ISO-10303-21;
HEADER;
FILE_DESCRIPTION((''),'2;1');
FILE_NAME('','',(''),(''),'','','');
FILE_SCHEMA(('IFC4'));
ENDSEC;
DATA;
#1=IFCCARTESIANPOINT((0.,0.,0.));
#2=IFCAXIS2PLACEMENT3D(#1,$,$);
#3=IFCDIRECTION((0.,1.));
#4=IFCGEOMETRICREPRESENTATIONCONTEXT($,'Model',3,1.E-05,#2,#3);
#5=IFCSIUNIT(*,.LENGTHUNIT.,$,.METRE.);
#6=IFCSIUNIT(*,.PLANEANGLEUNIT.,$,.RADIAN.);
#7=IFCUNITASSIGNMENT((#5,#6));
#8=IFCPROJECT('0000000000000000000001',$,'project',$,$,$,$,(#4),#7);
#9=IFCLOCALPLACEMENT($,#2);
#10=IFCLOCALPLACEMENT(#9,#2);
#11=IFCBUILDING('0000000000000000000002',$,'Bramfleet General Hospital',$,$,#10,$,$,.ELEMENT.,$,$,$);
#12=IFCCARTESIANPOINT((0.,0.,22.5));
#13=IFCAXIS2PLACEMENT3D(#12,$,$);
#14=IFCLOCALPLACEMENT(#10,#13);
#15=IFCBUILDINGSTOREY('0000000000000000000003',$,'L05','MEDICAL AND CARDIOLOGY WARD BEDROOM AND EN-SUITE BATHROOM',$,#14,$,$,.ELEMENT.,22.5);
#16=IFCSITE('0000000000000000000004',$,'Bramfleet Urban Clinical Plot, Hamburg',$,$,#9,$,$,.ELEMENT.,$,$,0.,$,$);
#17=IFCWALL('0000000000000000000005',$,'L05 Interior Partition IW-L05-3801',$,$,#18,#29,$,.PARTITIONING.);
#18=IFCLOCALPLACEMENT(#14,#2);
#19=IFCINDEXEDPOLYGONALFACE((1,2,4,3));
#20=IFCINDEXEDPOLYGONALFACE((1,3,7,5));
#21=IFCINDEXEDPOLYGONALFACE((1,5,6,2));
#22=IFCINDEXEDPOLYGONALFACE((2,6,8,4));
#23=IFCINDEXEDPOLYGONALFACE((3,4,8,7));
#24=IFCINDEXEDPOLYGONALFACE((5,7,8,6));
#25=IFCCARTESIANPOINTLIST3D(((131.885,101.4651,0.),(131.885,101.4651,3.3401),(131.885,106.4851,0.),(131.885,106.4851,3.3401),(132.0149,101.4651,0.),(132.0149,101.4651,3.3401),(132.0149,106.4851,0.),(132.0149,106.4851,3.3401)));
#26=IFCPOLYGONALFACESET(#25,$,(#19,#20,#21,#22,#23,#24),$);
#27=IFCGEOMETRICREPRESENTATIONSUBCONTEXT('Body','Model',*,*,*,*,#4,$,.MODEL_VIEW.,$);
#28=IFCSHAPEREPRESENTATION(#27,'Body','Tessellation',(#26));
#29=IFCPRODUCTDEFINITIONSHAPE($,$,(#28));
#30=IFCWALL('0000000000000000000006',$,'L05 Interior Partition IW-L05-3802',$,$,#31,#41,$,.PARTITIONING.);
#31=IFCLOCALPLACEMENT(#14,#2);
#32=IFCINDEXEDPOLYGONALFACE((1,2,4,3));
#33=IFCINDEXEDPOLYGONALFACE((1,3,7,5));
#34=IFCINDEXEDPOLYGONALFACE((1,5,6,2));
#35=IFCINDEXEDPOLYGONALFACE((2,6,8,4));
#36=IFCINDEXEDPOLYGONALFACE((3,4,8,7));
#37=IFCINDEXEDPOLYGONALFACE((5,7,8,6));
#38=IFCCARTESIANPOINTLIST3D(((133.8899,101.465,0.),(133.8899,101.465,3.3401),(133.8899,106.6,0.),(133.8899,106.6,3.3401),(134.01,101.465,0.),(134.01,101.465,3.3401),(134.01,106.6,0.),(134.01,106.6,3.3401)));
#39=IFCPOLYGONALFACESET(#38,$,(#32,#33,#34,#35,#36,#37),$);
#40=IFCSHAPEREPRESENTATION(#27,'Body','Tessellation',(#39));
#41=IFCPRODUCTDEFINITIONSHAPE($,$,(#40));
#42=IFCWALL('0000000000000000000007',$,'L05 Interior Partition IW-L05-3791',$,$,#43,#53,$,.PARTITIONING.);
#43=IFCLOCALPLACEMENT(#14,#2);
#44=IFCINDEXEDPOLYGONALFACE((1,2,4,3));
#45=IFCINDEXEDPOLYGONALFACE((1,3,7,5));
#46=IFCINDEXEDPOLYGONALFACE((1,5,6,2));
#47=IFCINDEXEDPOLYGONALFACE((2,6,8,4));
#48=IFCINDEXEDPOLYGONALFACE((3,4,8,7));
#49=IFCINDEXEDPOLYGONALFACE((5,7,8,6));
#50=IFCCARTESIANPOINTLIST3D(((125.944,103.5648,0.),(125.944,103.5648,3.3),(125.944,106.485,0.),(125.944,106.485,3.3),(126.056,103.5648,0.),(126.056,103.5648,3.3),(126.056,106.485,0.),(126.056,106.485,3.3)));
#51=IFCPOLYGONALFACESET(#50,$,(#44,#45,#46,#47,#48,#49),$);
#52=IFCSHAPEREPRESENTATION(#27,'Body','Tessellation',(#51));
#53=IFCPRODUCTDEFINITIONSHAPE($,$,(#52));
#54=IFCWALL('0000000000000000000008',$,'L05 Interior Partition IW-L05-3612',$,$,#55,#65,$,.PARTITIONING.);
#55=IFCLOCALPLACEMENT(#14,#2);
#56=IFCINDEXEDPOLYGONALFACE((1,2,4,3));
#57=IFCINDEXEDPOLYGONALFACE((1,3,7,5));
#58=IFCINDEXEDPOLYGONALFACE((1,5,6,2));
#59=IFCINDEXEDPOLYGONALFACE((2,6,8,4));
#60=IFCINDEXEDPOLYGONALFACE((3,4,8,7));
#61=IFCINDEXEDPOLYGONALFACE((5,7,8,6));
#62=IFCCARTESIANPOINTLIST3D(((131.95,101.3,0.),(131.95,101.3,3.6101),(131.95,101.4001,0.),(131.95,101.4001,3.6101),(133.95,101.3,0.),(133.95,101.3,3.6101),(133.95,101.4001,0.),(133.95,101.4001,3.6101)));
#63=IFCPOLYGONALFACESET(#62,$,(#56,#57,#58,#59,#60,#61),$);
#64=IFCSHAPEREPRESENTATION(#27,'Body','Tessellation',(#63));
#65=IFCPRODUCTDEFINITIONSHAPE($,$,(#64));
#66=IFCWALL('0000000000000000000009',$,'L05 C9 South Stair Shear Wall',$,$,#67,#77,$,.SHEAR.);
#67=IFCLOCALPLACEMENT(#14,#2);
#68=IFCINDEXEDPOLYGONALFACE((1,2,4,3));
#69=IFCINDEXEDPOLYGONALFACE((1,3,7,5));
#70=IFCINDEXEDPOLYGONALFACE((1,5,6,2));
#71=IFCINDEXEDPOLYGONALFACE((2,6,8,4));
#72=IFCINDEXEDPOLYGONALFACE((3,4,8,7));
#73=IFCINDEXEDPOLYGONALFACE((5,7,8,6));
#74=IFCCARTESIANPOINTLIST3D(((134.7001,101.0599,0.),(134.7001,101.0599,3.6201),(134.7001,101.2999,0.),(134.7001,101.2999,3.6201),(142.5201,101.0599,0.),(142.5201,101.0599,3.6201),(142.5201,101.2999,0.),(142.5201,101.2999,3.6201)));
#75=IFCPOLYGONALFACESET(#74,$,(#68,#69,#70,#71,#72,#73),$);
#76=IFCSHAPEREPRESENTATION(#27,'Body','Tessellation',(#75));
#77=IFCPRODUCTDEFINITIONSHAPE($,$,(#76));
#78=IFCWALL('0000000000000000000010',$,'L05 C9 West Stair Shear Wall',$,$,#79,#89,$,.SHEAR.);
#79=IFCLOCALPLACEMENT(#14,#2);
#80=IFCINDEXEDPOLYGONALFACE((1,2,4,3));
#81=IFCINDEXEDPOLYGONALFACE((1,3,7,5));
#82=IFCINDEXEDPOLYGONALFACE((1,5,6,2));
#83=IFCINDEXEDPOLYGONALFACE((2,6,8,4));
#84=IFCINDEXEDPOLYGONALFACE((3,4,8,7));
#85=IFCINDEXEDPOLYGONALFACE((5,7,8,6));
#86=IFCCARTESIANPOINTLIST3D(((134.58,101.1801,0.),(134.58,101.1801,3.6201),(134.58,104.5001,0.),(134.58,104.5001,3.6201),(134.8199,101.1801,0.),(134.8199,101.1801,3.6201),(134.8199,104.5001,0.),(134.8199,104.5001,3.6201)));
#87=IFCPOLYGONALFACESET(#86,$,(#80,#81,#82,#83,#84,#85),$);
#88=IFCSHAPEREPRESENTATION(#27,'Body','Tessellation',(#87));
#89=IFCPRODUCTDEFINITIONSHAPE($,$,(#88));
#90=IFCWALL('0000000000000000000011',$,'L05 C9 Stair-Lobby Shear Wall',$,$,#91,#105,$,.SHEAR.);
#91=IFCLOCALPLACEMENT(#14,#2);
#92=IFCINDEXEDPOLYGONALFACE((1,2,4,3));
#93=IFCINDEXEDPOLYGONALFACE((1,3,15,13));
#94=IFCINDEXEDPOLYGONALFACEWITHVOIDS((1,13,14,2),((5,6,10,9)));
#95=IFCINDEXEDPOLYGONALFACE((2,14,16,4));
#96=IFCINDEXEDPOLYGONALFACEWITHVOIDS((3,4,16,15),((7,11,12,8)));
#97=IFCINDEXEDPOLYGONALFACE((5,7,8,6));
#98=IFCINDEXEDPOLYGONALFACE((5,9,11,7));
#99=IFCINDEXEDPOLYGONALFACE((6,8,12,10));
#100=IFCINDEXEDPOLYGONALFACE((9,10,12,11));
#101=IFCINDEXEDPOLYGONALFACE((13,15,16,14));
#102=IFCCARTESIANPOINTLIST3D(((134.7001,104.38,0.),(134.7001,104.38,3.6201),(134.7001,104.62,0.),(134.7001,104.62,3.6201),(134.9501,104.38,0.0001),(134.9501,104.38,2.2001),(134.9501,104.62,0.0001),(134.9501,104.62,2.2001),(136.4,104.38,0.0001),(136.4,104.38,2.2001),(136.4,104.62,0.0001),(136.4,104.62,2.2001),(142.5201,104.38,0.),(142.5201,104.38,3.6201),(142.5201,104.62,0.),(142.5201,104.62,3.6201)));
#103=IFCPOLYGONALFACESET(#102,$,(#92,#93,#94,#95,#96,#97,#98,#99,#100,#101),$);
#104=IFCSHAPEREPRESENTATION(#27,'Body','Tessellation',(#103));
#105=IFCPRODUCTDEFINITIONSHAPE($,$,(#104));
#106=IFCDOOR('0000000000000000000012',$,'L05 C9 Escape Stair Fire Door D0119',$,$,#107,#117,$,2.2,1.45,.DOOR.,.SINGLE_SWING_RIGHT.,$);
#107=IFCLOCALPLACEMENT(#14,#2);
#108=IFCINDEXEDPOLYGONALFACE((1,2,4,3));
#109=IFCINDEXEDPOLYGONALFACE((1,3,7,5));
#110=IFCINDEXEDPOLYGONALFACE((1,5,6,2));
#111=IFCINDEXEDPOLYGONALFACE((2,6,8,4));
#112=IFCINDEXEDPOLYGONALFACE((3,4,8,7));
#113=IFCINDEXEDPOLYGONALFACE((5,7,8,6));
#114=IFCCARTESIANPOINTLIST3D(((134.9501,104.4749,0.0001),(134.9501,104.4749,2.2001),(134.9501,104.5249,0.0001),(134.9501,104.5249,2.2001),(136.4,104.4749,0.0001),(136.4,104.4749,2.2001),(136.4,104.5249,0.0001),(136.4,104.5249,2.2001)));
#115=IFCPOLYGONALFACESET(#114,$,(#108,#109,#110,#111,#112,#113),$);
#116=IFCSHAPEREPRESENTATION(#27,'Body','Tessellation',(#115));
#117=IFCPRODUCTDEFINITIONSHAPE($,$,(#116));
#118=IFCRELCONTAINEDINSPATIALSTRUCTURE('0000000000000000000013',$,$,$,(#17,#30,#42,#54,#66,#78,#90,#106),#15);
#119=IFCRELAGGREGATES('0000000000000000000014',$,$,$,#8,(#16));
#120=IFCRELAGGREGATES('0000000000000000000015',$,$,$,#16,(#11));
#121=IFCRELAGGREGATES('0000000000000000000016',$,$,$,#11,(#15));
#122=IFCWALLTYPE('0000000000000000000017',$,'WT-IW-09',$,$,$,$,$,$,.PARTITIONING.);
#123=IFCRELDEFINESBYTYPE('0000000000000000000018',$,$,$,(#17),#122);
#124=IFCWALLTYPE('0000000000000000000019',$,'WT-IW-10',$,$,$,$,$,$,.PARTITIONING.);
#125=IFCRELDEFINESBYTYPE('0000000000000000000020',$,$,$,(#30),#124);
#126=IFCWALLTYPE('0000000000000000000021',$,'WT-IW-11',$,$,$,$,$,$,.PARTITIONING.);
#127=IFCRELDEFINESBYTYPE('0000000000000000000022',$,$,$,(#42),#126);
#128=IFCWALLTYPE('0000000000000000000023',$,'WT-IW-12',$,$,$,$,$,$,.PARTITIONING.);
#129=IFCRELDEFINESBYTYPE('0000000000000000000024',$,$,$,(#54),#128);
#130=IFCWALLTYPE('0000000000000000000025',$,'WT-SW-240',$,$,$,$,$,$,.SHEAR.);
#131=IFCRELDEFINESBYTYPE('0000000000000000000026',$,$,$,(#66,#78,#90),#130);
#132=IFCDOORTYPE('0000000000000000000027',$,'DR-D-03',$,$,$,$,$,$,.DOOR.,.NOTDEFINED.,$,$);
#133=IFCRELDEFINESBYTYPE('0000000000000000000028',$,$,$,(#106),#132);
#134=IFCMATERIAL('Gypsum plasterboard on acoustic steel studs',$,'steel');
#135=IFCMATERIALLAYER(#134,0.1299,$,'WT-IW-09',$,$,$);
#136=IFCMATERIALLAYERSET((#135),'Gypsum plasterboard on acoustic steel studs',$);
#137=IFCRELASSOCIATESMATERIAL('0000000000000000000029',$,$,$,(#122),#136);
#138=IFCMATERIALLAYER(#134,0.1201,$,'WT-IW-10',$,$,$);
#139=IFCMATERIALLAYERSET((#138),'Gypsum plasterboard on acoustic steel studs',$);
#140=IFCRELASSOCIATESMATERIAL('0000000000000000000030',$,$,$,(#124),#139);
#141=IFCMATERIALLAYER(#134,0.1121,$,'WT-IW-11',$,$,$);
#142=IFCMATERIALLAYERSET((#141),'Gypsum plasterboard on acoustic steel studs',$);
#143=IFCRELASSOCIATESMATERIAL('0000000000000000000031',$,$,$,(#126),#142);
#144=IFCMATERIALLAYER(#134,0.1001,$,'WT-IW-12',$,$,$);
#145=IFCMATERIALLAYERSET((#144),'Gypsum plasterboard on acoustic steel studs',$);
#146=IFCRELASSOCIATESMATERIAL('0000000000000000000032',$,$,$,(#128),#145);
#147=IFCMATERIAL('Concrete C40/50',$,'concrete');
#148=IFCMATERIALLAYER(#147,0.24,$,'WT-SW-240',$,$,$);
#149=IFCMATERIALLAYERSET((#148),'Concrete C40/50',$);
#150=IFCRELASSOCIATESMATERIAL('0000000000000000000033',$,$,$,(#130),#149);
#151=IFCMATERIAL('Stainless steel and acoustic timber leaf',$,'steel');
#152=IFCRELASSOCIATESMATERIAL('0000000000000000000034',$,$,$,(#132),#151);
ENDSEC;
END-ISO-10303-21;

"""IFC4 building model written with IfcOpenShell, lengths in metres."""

from ifc_helpers import new_model, si_unit, direction, frame, frame_2d, origin, place, context, subcontext, project, spatial, rectangle, extrude, material, layer, layer_set, type_object, element, fill, save


model = new_model("IFC4")

# Units and contexts
model_context = context("Model", 3, precision=1e-05, world=origin(), true_north=direction((0.0, 1.0)))
body_context = subcontext(model_context, "Body", "Model", "MODEL_VIEW")
ifc_project = project(units=[si_unit("LENGTHUNIT", "METRE"), si_unit("PLANEANGLEUNIT", "RADIAN")], contexts=[model_context])

# Site, building, storey
site_placement = place(None, origin())
site = spatial("IfcSite", under=ifc_project, at=site_placement, Name="Bramfleet Urban Clinical Plot, Hamburg", CompositionType="ELEMENT", RefElevation=0.0)
building_placement = place(site_placement, origin())
building = spatial("IfcBuilding", under=site, at=building_placement, Name="Bramfleet General Hospital", CompositionType="ELEMENT")
storey_placement = place(building_placement, frame((0.0, 0.0, 22.5)))
storey = spatial("IfcBuildingStorey", under=building, at=storey_placement, Name="L05", Description="MEDICAL AND CARDIOLOGY WARD BEDROOM AND EN-SUITE BATHROOM", CompositionType="ELEMENT", Elevation=22.5)

# Shared definitions
ifc_material_1 = material(Name="Concrete C40/50", Category="concrete")

# Walls
ifc_material_2 = material(Name="Gypsum plasterboard on acoustic steel studs", Category="steel")
ifc_layer_1 = layer(ifc_material_2, 0.1299, Name="WT-IW-09")
ifc_layer_set_1 = layer_set([ifc_layer_1], Name="Gypsum plasterboard on acoustic steel studs")
wall_type_1 = type_object("IfcWallType", Name="WT-IW-09", PredefinedType="PARTITIONING", material=ifc_layer_set_1)
wall_1_placement = place(storey_placement, frame((131.95, 101.4651, 0.0), z_axis=(0.0, 0.0, 1.0), x_axis=(0.0, 1.0, 0.0)))
element("IfcWall", 1, at=wall_1_placement, inside=storey, type_object=wall_type_1, Name="L05 Interior Partition IW-L05-3801", PredefinedType="PARTITIONING", context=body_context, shape_type="SweptSolid", body=[
    extrude(rectangle(XDim=5.02, YDim=0.1299, at=frame_2d((2.51, 0.0))), origin(), (0.0, 0.0, 1.0), 3.3401),
])
ifc_layer_2 = layer(ifc_material_2, 0.1201, Name="WT-IW-10")
ifc_layer_set_2 = layer_set([ifc_layer_2], Name="Gypsum plasterboard on acoustic steel studs")
wall_type_2 = type_object("IfcWallType", Name="WT-IW-10", PredefinedType="PARTITIONING", material=ifc_layer_set_2)
wall_2_placement = place(storey_placement, frame((133.95, 101.4651, 0.0), z_axis=(0.0, 0.0, 1.0), x_axis=(0.0, 1.0, 0.0)))
element("IfcWall", 2, at=wall_2_placement, inside=storey, type_object=wall_type_2, Name="L05 Interior Partition IW-L05-3802", PredefinedType="PARTITIONING", context=body_context, shape_type="SweptSolid", body=[
    extrude(rectangle(XDim=5.135, YDim=0.1201, at=frame_2d((2.5674, 0.0))), origin(), (0.0, 0.0, 1.0), 3.3401),
])
ifc_layer_3 = layer(ifc_material_2, 0.1121, Name="WT-IW-11")
ifc_layer_set_3 = layer_set([ifc_layer_3], Name="Gypsum plasterboard on acoustic steel studs")
wall_type_3 = type_object("IfcWallType", Name="WT-IW-11", PredefinedType="PARTITIONING", material=ifc_layer_set_3)
wall_3_placement = place(storey_placement, frame((126.0, 103.5649, 0.0), z_axis=(0.0, 0.0, 1.0), x_axis=(0.0, 1.0, 0.0)))
element("IfcWall", 3, at=wall_3_placement, inside=storey, type_object=wall_type_3, Name="L05 Interior Partition IW-L05-3791", PredefinedType="PARTITIONING", context=body_context, shape_type="SweptSolid", body=[
    extrude(rectangle(XDim=2.9202, YDim=0.1121, at=frame_2d((1.46, 0.0))), origin(), (0.0, 0.0, 1.0), 3.3),
])
ifc_layer_4 = layer(ifc_material_2, 0.1001, Name="WT-IW-12")
ifc_layer_set_4 = layer_set([ifc_layer_4], Name="Gypsum plasterboard on acoustic steel studs")
wall_type_4 = type_object("IfcWallType", Name="WT-IW-12", PredefinedType="PARTITIONING", material=ifc_layer_set_4)
wall_4_placement = place(storey_placement, frame((131.95, 101.3501, 0.0), z_axis=(0.0, 0.0, 1.0), x_axis=(1.0, 0.0, 0.0)))
element("IfcWall", 4, at=wall_4_placement, inside=storey, type_object=wall_type_4, Name="L05 Interior Partition IW-L05-3612", PredefinedType="PARTITIONING", context=body_context, shape_type="SweptSolid", body=[
    extrude(rectangle(XDim=2.0, YDim=0.1001, at=frame_2d((1.0, 0.0))), origin(), (0.0, 0.0, 1.0), 3.6101),
])
ifc_layer_5 = layer(ifc_material_1, 0.24, Name="WT-SW-240")
ifc_layer_set_5 = layer_set([ifc_layer_5], Name="Concrete C40/50")
wall_type_5 = type_object("IfcWallType", Name="WT-SW-240", PredefinedType="SHEAR", material=ifc_layer_set_5)
wall_5_placement = place(storey_placement, frame((134.7, 101.1799, 0.0), z_axis=(0.0, 0.0, 1.0), x_axis=(1.0, 0.0, 0.0)))
element("IfcWall", 5, at=wall_5_placement, inside=storey, type_object=wall_type_5, Name="L05 C9 South Stair Shear Wall", PredefinedType="SHEAR", context=body_context, shape_type="SweptSolid", body=[
    extrude(rectangle(XDim=7.8201, YDim=0.24, at=frame_2d((3.9102, 0.0))), origin(), (0.0, 0.0, 1.0), 3.6201),
])
wall_6_placement = place(storey_placement, frame((134.7, 101.1799, 0.0), z_axis=(0.0, 0.0, 1.0), x_axis=(0.0, 1.0, 0.0)))
element("IfcWall", 6, at=wall_6_placement, inside=storey, type_object=wall_type_5, Name="L05 C9 West Stair Shear Wall", PredefinedType="SHEAR", context=body_context, shape_type="SweptSolid", body=[
    extrude(rectangle(XDim=3.3201, YDim=0.24, at=frame_2d((1.6602, 0.0))), origin(), (0.0, 0.0, 1.0), 3.6201),
])

# Wall, opening, door
wall_7_placement = place(storey_placement, frame((134.7, 104.5, 0.0), z_axis=(0.0, 0.0, 1.0), x_axis=(1.0, 0.0, 0.0)))
wall_7 = element("IfcWall", 7, at=wall_7_placement, inside=storey, type_object=wall_type_5, Name="L05 C9 Stair-Lobby Shear Wall", PredefinedType="SHEAR", context=body_context, shape_type="SweptSolid", body=[
    extrude(rectangle(XDim=7.8201, YDim=0.24, at=frame_2d((3.9102, 0.0))), origin(), (0.0, 0.0, 1.0), 3.6201),
])
opening_placement = place(wall_7_placement, frame((0.25, 0.0, 0.0)))
opening = element("IfcOpeningElement", 8, at=opening_placement, cuts=wall_7, PredefinedType="OPENING", context=body_context, shape_type="SweptSolid", body=[
    extrude(rectangle(XDim=1.45, YDim=2.2, at=frame_2d((0.7251, 1.1001))), frame((0.0, 0.1299, 0.0), z_axis=(0.0, -1.0, 0.0), x_axis=(1.0, 0.0, 0.0)), (0.0, 0.0, 1.0), 0.26),
])
ifc_material_3 = material(Name="Stainless steel and acoustic timber leaf", Category="steel")
door_type = type_object("IfcDoorType", Name="DR-D-03", OperationType="NOTDEFINED", PredefinedType="DOOR", material=ifc_material_3)
door_placement = place(opening_placement, origin())
door = element("IfcDoor", 9, at=door_placement, inside=storey, type_object=door_type, Name="L05 C9 Escape Stair Fire Door D0119", OperationType="SINGLE_SWING_RIGHT", OverallHeight=2.2, OverallWidth=1.45, PredefinedType="DOOR", context=body_context, shape_type="SweptSolid", body=[
    extrude(rectangle(XDim=1.45, YDim=2.2, at=frame_2d((0.7251, 1.1001))), frame((0.0, 0.0249, 0.0), z_axis=(0.0, -1.0, 0.0), x_axis=(1.0, 0.0, 0.0)), (0.0, 0.0, 1.0), 0.05),
])
fill(opening, door)

save(model, "model.ifc")
